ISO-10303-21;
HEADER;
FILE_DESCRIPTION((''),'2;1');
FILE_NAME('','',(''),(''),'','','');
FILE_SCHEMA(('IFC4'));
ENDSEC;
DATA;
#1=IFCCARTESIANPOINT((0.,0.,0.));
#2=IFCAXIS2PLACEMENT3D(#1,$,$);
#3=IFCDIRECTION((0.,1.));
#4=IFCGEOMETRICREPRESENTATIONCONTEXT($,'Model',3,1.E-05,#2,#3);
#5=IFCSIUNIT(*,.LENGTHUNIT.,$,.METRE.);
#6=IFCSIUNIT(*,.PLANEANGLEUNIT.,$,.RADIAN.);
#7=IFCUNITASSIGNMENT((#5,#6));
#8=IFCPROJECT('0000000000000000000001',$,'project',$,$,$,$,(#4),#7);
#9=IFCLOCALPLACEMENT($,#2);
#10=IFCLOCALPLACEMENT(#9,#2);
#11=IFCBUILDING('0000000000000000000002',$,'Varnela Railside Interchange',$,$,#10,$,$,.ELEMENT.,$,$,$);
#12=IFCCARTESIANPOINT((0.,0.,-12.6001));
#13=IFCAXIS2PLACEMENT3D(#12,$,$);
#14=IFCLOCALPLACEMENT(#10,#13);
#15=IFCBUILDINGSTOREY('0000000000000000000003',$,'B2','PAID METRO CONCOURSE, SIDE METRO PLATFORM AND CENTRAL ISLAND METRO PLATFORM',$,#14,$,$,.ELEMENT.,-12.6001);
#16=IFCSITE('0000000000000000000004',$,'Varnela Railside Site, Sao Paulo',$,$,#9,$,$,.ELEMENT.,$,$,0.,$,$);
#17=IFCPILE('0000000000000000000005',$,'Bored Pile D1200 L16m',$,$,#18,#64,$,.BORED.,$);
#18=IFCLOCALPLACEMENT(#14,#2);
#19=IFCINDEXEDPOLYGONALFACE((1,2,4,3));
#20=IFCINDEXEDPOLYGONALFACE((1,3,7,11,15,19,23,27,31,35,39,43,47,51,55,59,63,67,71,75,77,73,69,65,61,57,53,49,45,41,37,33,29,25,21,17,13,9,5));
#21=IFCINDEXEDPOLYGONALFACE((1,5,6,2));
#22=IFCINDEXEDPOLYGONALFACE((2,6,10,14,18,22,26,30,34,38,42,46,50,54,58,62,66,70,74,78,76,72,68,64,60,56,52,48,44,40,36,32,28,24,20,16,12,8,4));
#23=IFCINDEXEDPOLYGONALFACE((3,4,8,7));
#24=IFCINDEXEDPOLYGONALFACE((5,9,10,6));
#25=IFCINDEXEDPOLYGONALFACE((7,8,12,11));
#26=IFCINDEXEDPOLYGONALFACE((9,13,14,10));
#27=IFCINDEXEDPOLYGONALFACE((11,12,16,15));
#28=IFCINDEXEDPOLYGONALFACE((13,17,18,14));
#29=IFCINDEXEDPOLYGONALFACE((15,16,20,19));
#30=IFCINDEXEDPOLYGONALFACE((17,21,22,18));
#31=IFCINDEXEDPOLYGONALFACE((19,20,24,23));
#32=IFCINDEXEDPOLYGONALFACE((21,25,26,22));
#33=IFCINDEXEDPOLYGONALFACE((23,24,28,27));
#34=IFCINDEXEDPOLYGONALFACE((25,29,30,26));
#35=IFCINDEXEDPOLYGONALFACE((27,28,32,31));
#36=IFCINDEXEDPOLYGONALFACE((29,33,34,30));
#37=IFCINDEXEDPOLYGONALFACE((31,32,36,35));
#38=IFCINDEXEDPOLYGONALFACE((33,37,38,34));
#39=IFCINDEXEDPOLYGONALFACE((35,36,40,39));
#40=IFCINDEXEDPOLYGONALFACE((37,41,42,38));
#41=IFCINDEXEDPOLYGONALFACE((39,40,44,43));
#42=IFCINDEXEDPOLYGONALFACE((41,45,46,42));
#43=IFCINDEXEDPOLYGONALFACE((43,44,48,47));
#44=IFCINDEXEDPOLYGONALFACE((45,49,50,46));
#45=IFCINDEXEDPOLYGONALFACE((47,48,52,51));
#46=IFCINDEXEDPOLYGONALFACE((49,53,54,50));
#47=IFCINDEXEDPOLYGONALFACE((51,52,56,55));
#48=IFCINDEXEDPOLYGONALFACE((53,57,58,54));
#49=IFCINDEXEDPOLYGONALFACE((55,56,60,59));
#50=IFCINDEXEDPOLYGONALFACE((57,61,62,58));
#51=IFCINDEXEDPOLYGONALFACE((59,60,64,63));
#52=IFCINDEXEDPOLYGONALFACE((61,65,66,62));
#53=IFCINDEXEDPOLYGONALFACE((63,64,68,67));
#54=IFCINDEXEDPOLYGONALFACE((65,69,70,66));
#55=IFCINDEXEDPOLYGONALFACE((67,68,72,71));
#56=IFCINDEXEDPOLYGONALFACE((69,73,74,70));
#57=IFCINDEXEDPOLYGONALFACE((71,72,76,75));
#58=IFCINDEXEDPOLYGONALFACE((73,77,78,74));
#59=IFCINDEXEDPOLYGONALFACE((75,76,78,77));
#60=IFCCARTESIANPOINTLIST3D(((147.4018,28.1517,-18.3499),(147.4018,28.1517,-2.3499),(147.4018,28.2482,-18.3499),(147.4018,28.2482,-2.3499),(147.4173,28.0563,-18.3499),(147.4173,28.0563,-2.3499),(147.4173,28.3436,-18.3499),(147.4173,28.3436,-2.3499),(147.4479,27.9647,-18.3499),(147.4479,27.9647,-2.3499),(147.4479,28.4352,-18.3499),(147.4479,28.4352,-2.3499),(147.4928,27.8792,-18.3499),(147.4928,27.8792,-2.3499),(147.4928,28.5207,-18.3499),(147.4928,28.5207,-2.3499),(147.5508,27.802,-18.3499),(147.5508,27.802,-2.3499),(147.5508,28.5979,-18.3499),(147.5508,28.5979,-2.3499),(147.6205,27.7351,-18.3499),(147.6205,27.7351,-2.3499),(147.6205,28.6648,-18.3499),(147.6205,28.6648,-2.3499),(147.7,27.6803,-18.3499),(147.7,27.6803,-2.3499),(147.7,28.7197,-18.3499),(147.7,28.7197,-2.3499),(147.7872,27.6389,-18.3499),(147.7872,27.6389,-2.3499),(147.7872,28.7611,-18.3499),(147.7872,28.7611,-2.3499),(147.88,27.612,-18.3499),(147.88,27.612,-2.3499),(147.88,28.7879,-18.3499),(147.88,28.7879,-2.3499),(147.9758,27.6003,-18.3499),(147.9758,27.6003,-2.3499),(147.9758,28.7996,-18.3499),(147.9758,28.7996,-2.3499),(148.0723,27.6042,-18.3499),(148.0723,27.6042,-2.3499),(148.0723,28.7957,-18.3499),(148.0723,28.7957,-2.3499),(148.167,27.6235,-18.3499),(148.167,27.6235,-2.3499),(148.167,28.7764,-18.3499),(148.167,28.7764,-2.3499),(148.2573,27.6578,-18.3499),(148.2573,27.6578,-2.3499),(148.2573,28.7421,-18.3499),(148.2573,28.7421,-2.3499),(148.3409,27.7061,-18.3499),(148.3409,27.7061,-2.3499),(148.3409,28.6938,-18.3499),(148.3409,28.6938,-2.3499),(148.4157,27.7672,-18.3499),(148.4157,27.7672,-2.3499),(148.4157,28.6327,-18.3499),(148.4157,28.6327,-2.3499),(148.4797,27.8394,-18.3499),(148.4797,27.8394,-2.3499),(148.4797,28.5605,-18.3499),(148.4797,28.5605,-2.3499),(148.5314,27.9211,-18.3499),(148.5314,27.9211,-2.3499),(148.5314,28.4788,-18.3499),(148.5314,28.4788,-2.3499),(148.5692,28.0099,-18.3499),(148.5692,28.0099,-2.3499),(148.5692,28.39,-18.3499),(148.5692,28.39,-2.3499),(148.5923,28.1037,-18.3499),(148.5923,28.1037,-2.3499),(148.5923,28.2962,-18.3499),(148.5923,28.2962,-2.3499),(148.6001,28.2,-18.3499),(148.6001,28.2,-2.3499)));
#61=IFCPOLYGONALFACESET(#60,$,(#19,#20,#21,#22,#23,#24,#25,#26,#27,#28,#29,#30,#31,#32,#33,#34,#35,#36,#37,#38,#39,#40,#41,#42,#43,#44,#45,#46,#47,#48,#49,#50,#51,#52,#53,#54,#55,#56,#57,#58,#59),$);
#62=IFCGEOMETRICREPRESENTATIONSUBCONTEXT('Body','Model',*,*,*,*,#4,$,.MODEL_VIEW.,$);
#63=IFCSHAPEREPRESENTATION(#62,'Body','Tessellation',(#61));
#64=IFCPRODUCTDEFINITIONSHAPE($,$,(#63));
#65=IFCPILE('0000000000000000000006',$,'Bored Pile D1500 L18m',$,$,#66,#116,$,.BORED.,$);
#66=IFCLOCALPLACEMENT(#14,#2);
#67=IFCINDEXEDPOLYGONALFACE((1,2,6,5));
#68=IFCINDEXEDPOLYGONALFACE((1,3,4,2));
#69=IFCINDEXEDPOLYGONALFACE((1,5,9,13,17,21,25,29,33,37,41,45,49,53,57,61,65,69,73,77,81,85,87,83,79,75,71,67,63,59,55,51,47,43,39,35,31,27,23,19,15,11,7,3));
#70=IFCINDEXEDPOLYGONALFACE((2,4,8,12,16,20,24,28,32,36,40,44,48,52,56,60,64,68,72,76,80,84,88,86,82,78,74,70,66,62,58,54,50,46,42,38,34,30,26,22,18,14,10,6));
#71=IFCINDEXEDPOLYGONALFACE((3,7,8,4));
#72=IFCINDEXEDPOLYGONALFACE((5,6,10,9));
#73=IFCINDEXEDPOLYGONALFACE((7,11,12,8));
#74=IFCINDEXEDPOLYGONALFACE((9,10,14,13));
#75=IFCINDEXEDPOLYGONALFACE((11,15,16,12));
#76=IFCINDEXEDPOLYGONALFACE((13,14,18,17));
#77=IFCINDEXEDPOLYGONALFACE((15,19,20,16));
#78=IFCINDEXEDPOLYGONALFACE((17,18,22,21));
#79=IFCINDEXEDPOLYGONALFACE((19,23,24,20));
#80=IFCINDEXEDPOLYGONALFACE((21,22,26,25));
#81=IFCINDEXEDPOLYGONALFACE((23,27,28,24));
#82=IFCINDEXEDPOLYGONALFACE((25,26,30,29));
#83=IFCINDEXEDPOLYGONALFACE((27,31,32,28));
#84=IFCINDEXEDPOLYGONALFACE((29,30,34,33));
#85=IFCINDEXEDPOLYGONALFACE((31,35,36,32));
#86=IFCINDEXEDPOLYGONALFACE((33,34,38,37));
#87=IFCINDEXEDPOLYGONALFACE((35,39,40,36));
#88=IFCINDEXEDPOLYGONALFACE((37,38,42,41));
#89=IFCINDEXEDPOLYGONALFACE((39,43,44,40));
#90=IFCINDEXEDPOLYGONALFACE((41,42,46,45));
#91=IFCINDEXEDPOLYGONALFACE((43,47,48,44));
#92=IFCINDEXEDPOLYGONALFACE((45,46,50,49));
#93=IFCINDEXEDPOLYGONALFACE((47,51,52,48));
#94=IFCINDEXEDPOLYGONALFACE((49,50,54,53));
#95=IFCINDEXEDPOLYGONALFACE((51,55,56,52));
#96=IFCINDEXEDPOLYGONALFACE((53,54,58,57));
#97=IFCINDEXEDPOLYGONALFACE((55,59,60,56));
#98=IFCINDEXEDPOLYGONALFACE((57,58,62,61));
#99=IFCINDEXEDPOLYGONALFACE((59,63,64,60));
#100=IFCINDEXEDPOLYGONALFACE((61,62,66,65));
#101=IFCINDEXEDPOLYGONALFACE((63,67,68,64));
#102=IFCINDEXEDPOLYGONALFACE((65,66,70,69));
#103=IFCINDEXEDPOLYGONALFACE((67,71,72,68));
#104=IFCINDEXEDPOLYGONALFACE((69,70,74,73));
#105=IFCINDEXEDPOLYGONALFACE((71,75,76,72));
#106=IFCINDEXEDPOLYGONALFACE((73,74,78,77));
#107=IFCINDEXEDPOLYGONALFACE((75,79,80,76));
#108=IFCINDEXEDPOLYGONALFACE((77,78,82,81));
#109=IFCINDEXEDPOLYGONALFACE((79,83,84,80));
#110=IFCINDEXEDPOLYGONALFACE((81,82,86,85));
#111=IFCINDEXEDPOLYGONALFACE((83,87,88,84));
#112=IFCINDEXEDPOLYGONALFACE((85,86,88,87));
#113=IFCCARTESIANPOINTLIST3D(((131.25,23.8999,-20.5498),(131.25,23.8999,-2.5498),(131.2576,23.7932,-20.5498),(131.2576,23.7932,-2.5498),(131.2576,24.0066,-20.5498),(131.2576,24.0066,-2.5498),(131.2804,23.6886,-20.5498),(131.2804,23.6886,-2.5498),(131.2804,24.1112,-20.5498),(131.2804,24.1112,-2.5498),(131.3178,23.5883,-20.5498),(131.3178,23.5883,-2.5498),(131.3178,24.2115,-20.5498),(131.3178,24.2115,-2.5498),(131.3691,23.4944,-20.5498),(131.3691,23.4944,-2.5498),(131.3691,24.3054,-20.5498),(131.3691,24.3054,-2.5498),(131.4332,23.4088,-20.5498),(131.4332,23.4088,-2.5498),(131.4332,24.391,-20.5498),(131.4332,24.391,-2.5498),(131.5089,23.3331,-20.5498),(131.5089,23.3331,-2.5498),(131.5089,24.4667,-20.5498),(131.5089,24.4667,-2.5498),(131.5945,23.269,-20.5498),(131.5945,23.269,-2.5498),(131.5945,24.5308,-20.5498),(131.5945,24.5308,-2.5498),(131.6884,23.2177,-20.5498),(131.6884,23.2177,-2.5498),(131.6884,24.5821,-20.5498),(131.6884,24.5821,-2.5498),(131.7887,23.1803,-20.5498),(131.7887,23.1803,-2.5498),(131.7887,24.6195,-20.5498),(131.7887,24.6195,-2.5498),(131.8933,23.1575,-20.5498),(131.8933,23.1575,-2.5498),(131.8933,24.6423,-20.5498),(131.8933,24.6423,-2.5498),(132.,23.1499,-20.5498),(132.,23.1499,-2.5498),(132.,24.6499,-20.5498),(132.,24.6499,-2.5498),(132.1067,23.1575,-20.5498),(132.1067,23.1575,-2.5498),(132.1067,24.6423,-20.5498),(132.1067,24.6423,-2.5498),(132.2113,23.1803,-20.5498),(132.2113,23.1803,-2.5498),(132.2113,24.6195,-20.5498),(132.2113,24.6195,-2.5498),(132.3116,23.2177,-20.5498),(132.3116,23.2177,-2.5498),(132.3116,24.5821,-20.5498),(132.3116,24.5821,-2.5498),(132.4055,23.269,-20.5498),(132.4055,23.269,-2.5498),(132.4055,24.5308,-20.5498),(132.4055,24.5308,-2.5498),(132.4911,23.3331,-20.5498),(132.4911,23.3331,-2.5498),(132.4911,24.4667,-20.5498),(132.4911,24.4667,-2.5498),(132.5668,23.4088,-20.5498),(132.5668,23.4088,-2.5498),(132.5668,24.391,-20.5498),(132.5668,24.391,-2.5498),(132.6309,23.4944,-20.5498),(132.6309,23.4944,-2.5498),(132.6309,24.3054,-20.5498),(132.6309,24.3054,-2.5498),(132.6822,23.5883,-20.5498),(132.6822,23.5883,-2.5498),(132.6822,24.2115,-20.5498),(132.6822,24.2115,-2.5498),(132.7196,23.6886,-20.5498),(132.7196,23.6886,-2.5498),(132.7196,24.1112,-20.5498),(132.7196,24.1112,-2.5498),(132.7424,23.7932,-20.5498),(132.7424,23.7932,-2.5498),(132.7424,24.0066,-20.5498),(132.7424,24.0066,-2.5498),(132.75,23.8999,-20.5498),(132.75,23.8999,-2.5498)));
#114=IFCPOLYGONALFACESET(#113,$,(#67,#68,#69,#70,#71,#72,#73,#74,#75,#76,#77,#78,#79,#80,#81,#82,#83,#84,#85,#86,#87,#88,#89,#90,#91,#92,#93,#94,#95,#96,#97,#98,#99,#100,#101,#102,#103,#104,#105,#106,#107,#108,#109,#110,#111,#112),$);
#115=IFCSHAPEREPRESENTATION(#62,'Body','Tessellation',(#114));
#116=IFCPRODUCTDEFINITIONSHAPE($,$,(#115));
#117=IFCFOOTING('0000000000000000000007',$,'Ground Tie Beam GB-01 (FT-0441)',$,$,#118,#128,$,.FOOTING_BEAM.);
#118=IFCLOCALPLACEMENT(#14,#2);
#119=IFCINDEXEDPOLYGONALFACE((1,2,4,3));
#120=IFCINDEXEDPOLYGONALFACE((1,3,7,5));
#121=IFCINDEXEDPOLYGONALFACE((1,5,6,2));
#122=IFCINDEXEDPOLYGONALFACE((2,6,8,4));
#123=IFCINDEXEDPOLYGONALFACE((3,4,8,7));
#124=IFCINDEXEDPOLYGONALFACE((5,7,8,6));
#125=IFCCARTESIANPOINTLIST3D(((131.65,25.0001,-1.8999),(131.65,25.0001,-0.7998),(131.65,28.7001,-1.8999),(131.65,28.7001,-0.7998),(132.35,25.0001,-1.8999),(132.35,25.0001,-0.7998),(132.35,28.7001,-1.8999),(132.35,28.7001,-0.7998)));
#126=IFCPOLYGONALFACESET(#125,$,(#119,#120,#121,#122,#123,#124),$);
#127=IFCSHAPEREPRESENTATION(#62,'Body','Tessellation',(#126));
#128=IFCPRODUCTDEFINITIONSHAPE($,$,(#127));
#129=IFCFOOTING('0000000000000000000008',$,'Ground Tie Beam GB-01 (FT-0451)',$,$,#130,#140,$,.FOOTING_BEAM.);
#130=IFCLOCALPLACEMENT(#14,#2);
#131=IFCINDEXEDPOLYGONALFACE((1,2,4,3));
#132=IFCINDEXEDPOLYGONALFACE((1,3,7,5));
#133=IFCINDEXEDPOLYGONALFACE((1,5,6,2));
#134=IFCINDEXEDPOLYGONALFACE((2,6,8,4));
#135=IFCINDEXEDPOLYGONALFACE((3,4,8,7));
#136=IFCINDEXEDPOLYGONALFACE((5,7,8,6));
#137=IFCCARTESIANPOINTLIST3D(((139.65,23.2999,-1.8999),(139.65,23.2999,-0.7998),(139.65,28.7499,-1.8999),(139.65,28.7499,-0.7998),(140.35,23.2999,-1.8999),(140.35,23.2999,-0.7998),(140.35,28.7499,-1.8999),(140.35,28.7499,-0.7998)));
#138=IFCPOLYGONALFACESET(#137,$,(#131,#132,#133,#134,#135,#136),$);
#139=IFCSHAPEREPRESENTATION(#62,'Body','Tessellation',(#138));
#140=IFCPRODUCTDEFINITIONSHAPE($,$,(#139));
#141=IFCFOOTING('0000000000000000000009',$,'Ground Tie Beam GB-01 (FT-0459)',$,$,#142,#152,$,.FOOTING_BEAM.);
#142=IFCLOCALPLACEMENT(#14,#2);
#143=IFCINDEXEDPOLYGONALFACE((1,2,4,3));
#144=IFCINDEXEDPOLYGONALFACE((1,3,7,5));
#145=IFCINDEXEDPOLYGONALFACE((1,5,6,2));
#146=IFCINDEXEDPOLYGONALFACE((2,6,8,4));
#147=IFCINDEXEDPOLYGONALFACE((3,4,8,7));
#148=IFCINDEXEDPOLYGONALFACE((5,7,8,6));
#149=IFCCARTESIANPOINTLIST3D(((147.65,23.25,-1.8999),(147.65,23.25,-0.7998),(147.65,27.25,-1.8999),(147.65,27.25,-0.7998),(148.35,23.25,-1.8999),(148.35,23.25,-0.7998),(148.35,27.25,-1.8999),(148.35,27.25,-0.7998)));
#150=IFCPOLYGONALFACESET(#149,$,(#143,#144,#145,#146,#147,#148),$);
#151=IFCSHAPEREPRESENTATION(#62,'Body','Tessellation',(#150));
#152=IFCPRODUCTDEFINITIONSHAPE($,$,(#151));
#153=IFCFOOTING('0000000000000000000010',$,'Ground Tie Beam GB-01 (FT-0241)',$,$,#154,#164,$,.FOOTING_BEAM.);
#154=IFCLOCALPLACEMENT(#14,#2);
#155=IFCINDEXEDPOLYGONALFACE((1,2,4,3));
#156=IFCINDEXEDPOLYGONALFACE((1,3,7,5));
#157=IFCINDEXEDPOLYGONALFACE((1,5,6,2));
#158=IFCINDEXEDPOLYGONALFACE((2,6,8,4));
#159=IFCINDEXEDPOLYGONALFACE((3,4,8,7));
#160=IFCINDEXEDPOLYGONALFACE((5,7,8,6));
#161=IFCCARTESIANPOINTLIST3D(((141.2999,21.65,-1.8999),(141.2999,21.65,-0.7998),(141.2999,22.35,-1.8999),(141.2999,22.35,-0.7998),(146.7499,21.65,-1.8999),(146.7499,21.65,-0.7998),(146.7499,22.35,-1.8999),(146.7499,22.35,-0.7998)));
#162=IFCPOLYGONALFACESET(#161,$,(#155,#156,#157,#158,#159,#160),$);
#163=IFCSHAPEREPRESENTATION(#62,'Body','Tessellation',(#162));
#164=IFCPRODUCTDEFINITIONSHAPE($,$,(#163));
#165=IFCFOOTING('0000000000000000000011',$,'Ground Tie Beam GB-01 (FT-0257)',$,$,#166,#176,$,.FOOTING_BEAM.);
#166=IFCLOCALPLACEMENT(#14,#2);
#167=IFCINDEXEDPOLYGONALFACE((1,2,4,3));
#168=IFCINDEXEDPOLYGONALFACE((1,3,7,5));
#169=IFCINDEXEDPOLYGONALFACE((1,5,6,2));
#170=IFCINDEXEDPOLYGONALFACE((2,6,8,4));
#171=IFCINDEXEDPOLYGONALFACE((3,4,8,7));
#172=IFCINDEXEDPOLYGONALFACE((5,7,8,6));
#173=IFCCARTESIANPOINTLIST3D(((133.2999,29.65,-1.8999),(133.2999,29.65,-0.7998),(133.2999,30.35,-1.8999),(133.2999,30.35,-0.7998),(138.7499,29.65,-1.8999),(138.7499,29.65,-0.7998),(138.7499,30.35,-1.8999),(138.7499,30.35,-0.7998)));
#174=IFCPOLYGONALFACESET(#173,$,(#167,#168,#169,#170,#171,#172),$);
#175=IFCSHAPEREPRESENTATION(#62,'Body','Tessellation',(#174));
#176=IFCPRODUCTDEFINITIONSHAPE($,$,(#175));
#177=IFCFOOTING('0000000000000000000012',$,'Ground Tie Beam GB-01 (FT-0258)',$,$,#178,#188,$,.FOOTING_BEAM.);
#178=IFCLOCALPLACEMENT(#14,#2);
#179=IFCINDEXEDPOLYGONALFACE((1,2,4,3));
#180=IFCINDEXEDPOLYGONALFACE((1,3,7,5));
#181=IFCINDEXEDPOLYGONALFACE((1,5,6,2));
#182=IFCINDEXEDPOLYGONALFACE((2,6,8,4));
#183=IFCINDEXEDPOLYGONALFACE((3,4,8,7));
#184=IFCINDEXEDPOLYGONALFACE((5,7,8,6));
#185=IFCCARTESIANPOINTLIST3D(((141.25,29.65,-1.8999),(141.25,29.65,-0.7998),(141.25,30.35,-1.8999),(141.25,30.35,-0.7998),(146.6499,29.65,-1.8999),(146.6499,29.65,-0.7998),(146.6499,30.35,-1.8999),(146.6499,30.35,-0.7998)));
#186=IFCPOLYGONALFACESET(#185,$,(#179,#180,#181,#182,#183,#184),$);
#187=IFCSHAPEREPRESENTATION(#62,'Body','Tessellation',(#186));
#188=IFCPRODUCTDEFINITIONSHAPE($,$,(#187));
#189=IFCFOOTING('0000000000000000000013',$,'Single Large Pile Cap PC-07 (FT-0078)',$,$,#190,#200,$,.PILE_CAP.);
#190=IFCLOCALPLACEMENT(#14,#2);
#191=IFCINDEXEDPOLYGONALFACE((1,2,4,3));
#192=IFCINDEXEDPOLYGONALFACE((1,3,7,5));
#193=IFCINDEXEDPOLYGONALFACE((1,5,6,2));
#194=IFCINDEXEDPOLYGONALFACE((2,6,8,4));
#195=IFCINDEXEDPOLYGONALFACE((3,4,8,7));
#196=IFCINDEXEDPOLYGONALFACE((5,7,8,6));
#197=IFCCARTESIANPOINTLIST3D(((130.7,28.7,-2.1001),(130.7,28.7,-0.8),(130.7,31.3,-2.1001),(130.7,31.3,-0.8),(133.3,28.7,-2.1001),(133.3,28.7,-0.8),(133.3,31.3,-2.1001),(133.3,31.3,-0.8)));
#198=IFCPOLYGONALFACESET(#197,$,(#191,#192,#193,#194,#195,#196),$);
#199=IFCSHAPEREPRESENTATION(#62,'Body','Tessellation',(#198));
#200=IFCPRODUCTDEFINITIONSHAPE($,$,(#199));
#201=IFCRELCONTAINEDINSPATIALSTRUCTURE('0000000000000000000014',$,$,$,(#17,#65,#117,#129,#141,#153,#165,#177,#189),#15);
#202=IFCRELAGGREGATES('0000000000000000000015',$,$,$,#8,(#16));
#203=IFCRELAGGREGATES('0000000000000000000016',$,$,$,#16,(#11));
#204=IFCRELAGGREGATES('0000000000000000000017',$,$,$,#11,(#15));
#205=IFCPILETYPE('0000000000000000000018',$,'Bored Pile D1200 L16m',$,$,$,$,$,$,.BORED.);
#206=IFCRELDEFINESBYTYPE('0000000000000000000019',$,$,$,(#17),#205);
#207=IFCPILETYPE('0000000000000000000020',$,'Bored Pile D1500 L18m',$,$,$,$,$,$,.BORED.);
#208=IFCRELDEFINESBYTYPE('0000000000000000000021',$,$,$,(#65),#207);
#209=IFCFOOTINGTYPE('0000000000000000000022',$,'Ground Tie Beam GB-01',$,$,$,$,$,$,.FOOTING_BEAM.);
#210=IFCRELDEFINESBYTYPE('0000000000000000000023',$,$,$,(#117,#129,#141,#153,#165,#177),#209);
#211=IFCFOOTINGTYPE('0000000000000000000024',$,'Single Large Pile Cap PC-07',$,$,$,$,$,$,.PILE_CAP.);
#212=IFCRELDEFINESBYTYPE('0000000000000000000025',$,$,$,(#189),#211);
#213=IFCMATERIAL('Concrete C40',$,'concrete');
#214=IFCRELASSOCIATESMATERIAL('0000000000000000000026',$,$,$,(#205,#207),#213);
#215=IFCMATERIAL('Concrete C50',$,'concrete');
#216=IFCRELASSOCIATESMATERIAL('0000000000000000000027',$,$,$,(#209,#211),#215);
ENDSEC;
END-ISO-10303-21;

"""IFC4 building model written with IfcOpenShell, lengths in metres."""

from ifc_helpers import new_model, si_unit, direction, frame, origin, origin_2d, place, context, subcontext, project, spatial, rectangle, circle, extrude, material, material_profile, profile_set, type_object, element, save


model = new_model("IFC4")

# Units and contexts
model_context = context("Model", 3, precision=1e-05, world=origin(), true_north=direction((0.0, 1.0)))
body_context = subcontext(model_context, "Body", "Model", "MODEL_VIEW")
ifc_project = project(units=[si_unit("LENGTHUNIT", "METRE"), si_unit("PLANEANGLEUNIT", "RADIAN")], contexts=[model_context])

# Site, building, storey
site_placement = place(None, origin())
site = spatial("IfcSite", under=ifc_project, at=site_placement, Name="Varnela Railside Site, Sao Paulo", CompositionType="ELEMENT", RefElevation=0.0)
building_placement = place(site_placement, origin())
building = spatial("IfcBuilding", under=site, at=building_placement, Name="Varnela Railside Interchange", CompositionType="ELEMENT")
storey_placement = place(building_placement, frame((0.0, 0.0, -12.6001)))
storey = spatial("IfcBuildingStorey", under=building, at=storey_placement, Name="B2", Description="PAID METRO CONCOURSE, SIDE METRO PLATFORM AND CENTRAL ISLAND METRO PLATFORM", CompositionType="ELEMENT", Elevation=-12.6001)

# Piles
ifc_material_1 = material(Name="Concrete C40", Category="concrete")
ifc_material_profile_1 = material_profile(ifc_material_1, circle(Radius=0.6001, at=origin_2d()), Name="BORED PILE D1200")
ifc_profile_set_1 = profile_set([ifc_material_profile_1], Name="Concrete C40")
pile_type_1 = type_object("IfcPileType", Name="Bored Pile D1200 L16m", PredefinedType="BORED", material=ifc_profile_set_1)
for number, where, z_axis, x_axis, name in (
    (1, (148.0, 28.2, -2.3499), (0.0, 0.0, -1.0), (1.0, 0.0, 0.0), "Bored Pile D1200 L16m"),
):
    element("IfcPile", number, at=place(storey_placement, frame(where, z_axis=z_axis, x_axis=x_axis)), inside=storey, type_object=pile_type_1, Name=name, PredefinedType="BORED", context=body_context, shape_type="SweptSolid", body=[
        extrude(circle(Radius=0.6001, at=origin_2d()), origin(), (0.0, 0.0, 1.0), 16.0),
    ])
ifc_material_profile_2 = material_profile(ifc_material_1, circle(Radius=0.75, at=origin_2d()), Name="BORED PILE D1500")
ifc_profile_set_2 = profile_set([ifc_material_profile_2], Name="Concrete C40")
pile_type_2 = type_object("IfcPileType", Name="Bored Pile D1500 L18m", PredefinedType="BORED", material=ifc_profile_set_2)
pile_placement = place(storey_placement, frame((132.0, 23.8999, -2.5498), z_axis=(0.0, 0.0, -1.0), x_axis=(1.0, 0.0, 0.0)))
element("IfcPile", 2, at=pile_placement, inside=storey, type_object=pile_type_2, Name="Bored Pile D1500 L18m", PredefinedType="BORED", context=body_context, shape_type="SweptSolid", body=[
    extrude(circle(Radius=0.75, at=origin_2d()), origin(), (0.0, 0.0, 1.0), 18.0),
])

# Footings
ifc_material_2 = material(Name="Concrete C50", Category="concrete")
footing_type_1 = type_object("IfcFootingType", Name="Ground Tie Beam GB-01", PredefinedType="FOOTING_BEAM", material=ifc_material_2)
footing_1_placement = place(storey_placement, frame((132.0, 26.8501, -1.8999), z_axis=(0.0, 0.0, 1.0), x_axis=(1.0, 0.0, 0.0)))
element("IfcFooting", 3, at=footing_1_placement, inside=storey, type_object=footing_type_1, Name="Ground Tie Beam GB-01 (FT-0441)", PredefinedType="FOOTING_BEAM", context=body_context, shape_type="SweptSolid", body=[
    extrude(rectangle(XDim=0.7, YDim=3.7, at=origin_2d()), origin(), (0.0, 0.0, 1.0), 1.1001),
])
footing_2_placement = place(storey_placement, frame((140.0, 26.0249, -1.8999), z_axis=(0.0, 0.0, 1.0), x_axis=(1.0, 0.0, 0.0)))
element("IfcFooting", 4, at=footing_2_placement, inside=storey, type_object=footing_type_1, Name="Ground Tie Beam GB-01 (FT-0451)", PredefinedType="FOOTING_BEAM", context=body_context, shape_type="SweptSolid", body=[
    extrude(rectangle(XDim=0.7, YDim=5.45, at=origin_2d()), origin(), (0.0, 0.0, 1.0), 1.1001),
])
footing_3_placement = place(storey_placement, frame((148.0, 25.25, -1.8999), z_axis=(0.0, 0.0, 1.0), x_axis=(1.0, 0.0, 0.0)))
element("IfcFooting", 5, at=footing_3_placement, inside=storey, type_object=footing_type_1, Name="Ground Tie Beam GB-01 (FT-0459)", PredefinedType="FOOTING_BEAM", context=body_context, shape_type="SweptSolid", body=[
    extrude(rectangle(XDim=0.7, YDim=4.0, at=origin_2d()), origin(), (0.0, 0.0, 1.0), 1.1001),
])
for number, where, z_axis, x_axis, name in (
    (6, (144.0249, 22.0, -1.8999), (0.0, 0.0, 1.0), (1.0, 0.0, 0.0), "Ground Tie Beam GB-01 (FT-0241)"),
    (7, (136.0249, 30.0, -1.8999), (0.0, 0.0, 1.0), (1.0, 0.0, 0.0), "Ground Tie Beam GB-01 (FT-0257)"),
):
    element("IfcFooting", number, at=place(storey_placement, frame(where, z_axis=z_axis, x_axis=x_axis)), inside=storey, type_object=footing_type_1, Name=name, PredefinedType="FOOTING_BEAM", context=body_context, shape_type="SweptSolid", body=[
        extrude(rectangle(XDim=5.45, YDim=0.7, at=origin_2d()), origin(), (0.0, 0.0, 1.0), 1.1001),
    ])
footing_4_placement = place(storey_placement, frame((143.95, 30.0, -1.8999), z_axis=(0.0, 0.0, 1.0), x_axis=(1.0, 0.0, 0.0)))
element("IfcFooting", 8, at=footing_4_placement, inside=storey, type_object=footing_type_1, Name="Ground Tie Beam GB-01 (FT-0258)", PredefinedType="FOOTING_BEAM", context=body_context, shape_type="SweptSolid", body=[
    extrude(rectangle(XDim=5.3999, YDim=0.7, at=origin_2d()), origin(), (0.0, 0.0, 1.0), 1.1001),
])
footing_type_2 = type_object("IfcFootingType", Name="Single Large Pile Cap PC-07", PredefinedType="PILE_CAP", material=ifc_material_2)
footing_5_placement = place(storey_placement, frame((132.0, 30.0, -2.1001), z_axis=(0.0, 0.0, 1.0), x_axis=(1.0, 0.0, 0.0)))
element("IfcFooting", 9, at=footing_5_placement, inside=storey, type_object=footing_type_2, Name="Single Large Pile Cap PC-07 (FT-0078)", PredefinedType="PILE_CAP", context=body_context, shape_type="SweptSolid", body=[
    extrude(rectangle(XDim=2.6001, YDim=2.6001, at=origin_2d()), origin(), (0.0, 0.0, 1.0), 1.3),
])

save(model, "model.ifc")
